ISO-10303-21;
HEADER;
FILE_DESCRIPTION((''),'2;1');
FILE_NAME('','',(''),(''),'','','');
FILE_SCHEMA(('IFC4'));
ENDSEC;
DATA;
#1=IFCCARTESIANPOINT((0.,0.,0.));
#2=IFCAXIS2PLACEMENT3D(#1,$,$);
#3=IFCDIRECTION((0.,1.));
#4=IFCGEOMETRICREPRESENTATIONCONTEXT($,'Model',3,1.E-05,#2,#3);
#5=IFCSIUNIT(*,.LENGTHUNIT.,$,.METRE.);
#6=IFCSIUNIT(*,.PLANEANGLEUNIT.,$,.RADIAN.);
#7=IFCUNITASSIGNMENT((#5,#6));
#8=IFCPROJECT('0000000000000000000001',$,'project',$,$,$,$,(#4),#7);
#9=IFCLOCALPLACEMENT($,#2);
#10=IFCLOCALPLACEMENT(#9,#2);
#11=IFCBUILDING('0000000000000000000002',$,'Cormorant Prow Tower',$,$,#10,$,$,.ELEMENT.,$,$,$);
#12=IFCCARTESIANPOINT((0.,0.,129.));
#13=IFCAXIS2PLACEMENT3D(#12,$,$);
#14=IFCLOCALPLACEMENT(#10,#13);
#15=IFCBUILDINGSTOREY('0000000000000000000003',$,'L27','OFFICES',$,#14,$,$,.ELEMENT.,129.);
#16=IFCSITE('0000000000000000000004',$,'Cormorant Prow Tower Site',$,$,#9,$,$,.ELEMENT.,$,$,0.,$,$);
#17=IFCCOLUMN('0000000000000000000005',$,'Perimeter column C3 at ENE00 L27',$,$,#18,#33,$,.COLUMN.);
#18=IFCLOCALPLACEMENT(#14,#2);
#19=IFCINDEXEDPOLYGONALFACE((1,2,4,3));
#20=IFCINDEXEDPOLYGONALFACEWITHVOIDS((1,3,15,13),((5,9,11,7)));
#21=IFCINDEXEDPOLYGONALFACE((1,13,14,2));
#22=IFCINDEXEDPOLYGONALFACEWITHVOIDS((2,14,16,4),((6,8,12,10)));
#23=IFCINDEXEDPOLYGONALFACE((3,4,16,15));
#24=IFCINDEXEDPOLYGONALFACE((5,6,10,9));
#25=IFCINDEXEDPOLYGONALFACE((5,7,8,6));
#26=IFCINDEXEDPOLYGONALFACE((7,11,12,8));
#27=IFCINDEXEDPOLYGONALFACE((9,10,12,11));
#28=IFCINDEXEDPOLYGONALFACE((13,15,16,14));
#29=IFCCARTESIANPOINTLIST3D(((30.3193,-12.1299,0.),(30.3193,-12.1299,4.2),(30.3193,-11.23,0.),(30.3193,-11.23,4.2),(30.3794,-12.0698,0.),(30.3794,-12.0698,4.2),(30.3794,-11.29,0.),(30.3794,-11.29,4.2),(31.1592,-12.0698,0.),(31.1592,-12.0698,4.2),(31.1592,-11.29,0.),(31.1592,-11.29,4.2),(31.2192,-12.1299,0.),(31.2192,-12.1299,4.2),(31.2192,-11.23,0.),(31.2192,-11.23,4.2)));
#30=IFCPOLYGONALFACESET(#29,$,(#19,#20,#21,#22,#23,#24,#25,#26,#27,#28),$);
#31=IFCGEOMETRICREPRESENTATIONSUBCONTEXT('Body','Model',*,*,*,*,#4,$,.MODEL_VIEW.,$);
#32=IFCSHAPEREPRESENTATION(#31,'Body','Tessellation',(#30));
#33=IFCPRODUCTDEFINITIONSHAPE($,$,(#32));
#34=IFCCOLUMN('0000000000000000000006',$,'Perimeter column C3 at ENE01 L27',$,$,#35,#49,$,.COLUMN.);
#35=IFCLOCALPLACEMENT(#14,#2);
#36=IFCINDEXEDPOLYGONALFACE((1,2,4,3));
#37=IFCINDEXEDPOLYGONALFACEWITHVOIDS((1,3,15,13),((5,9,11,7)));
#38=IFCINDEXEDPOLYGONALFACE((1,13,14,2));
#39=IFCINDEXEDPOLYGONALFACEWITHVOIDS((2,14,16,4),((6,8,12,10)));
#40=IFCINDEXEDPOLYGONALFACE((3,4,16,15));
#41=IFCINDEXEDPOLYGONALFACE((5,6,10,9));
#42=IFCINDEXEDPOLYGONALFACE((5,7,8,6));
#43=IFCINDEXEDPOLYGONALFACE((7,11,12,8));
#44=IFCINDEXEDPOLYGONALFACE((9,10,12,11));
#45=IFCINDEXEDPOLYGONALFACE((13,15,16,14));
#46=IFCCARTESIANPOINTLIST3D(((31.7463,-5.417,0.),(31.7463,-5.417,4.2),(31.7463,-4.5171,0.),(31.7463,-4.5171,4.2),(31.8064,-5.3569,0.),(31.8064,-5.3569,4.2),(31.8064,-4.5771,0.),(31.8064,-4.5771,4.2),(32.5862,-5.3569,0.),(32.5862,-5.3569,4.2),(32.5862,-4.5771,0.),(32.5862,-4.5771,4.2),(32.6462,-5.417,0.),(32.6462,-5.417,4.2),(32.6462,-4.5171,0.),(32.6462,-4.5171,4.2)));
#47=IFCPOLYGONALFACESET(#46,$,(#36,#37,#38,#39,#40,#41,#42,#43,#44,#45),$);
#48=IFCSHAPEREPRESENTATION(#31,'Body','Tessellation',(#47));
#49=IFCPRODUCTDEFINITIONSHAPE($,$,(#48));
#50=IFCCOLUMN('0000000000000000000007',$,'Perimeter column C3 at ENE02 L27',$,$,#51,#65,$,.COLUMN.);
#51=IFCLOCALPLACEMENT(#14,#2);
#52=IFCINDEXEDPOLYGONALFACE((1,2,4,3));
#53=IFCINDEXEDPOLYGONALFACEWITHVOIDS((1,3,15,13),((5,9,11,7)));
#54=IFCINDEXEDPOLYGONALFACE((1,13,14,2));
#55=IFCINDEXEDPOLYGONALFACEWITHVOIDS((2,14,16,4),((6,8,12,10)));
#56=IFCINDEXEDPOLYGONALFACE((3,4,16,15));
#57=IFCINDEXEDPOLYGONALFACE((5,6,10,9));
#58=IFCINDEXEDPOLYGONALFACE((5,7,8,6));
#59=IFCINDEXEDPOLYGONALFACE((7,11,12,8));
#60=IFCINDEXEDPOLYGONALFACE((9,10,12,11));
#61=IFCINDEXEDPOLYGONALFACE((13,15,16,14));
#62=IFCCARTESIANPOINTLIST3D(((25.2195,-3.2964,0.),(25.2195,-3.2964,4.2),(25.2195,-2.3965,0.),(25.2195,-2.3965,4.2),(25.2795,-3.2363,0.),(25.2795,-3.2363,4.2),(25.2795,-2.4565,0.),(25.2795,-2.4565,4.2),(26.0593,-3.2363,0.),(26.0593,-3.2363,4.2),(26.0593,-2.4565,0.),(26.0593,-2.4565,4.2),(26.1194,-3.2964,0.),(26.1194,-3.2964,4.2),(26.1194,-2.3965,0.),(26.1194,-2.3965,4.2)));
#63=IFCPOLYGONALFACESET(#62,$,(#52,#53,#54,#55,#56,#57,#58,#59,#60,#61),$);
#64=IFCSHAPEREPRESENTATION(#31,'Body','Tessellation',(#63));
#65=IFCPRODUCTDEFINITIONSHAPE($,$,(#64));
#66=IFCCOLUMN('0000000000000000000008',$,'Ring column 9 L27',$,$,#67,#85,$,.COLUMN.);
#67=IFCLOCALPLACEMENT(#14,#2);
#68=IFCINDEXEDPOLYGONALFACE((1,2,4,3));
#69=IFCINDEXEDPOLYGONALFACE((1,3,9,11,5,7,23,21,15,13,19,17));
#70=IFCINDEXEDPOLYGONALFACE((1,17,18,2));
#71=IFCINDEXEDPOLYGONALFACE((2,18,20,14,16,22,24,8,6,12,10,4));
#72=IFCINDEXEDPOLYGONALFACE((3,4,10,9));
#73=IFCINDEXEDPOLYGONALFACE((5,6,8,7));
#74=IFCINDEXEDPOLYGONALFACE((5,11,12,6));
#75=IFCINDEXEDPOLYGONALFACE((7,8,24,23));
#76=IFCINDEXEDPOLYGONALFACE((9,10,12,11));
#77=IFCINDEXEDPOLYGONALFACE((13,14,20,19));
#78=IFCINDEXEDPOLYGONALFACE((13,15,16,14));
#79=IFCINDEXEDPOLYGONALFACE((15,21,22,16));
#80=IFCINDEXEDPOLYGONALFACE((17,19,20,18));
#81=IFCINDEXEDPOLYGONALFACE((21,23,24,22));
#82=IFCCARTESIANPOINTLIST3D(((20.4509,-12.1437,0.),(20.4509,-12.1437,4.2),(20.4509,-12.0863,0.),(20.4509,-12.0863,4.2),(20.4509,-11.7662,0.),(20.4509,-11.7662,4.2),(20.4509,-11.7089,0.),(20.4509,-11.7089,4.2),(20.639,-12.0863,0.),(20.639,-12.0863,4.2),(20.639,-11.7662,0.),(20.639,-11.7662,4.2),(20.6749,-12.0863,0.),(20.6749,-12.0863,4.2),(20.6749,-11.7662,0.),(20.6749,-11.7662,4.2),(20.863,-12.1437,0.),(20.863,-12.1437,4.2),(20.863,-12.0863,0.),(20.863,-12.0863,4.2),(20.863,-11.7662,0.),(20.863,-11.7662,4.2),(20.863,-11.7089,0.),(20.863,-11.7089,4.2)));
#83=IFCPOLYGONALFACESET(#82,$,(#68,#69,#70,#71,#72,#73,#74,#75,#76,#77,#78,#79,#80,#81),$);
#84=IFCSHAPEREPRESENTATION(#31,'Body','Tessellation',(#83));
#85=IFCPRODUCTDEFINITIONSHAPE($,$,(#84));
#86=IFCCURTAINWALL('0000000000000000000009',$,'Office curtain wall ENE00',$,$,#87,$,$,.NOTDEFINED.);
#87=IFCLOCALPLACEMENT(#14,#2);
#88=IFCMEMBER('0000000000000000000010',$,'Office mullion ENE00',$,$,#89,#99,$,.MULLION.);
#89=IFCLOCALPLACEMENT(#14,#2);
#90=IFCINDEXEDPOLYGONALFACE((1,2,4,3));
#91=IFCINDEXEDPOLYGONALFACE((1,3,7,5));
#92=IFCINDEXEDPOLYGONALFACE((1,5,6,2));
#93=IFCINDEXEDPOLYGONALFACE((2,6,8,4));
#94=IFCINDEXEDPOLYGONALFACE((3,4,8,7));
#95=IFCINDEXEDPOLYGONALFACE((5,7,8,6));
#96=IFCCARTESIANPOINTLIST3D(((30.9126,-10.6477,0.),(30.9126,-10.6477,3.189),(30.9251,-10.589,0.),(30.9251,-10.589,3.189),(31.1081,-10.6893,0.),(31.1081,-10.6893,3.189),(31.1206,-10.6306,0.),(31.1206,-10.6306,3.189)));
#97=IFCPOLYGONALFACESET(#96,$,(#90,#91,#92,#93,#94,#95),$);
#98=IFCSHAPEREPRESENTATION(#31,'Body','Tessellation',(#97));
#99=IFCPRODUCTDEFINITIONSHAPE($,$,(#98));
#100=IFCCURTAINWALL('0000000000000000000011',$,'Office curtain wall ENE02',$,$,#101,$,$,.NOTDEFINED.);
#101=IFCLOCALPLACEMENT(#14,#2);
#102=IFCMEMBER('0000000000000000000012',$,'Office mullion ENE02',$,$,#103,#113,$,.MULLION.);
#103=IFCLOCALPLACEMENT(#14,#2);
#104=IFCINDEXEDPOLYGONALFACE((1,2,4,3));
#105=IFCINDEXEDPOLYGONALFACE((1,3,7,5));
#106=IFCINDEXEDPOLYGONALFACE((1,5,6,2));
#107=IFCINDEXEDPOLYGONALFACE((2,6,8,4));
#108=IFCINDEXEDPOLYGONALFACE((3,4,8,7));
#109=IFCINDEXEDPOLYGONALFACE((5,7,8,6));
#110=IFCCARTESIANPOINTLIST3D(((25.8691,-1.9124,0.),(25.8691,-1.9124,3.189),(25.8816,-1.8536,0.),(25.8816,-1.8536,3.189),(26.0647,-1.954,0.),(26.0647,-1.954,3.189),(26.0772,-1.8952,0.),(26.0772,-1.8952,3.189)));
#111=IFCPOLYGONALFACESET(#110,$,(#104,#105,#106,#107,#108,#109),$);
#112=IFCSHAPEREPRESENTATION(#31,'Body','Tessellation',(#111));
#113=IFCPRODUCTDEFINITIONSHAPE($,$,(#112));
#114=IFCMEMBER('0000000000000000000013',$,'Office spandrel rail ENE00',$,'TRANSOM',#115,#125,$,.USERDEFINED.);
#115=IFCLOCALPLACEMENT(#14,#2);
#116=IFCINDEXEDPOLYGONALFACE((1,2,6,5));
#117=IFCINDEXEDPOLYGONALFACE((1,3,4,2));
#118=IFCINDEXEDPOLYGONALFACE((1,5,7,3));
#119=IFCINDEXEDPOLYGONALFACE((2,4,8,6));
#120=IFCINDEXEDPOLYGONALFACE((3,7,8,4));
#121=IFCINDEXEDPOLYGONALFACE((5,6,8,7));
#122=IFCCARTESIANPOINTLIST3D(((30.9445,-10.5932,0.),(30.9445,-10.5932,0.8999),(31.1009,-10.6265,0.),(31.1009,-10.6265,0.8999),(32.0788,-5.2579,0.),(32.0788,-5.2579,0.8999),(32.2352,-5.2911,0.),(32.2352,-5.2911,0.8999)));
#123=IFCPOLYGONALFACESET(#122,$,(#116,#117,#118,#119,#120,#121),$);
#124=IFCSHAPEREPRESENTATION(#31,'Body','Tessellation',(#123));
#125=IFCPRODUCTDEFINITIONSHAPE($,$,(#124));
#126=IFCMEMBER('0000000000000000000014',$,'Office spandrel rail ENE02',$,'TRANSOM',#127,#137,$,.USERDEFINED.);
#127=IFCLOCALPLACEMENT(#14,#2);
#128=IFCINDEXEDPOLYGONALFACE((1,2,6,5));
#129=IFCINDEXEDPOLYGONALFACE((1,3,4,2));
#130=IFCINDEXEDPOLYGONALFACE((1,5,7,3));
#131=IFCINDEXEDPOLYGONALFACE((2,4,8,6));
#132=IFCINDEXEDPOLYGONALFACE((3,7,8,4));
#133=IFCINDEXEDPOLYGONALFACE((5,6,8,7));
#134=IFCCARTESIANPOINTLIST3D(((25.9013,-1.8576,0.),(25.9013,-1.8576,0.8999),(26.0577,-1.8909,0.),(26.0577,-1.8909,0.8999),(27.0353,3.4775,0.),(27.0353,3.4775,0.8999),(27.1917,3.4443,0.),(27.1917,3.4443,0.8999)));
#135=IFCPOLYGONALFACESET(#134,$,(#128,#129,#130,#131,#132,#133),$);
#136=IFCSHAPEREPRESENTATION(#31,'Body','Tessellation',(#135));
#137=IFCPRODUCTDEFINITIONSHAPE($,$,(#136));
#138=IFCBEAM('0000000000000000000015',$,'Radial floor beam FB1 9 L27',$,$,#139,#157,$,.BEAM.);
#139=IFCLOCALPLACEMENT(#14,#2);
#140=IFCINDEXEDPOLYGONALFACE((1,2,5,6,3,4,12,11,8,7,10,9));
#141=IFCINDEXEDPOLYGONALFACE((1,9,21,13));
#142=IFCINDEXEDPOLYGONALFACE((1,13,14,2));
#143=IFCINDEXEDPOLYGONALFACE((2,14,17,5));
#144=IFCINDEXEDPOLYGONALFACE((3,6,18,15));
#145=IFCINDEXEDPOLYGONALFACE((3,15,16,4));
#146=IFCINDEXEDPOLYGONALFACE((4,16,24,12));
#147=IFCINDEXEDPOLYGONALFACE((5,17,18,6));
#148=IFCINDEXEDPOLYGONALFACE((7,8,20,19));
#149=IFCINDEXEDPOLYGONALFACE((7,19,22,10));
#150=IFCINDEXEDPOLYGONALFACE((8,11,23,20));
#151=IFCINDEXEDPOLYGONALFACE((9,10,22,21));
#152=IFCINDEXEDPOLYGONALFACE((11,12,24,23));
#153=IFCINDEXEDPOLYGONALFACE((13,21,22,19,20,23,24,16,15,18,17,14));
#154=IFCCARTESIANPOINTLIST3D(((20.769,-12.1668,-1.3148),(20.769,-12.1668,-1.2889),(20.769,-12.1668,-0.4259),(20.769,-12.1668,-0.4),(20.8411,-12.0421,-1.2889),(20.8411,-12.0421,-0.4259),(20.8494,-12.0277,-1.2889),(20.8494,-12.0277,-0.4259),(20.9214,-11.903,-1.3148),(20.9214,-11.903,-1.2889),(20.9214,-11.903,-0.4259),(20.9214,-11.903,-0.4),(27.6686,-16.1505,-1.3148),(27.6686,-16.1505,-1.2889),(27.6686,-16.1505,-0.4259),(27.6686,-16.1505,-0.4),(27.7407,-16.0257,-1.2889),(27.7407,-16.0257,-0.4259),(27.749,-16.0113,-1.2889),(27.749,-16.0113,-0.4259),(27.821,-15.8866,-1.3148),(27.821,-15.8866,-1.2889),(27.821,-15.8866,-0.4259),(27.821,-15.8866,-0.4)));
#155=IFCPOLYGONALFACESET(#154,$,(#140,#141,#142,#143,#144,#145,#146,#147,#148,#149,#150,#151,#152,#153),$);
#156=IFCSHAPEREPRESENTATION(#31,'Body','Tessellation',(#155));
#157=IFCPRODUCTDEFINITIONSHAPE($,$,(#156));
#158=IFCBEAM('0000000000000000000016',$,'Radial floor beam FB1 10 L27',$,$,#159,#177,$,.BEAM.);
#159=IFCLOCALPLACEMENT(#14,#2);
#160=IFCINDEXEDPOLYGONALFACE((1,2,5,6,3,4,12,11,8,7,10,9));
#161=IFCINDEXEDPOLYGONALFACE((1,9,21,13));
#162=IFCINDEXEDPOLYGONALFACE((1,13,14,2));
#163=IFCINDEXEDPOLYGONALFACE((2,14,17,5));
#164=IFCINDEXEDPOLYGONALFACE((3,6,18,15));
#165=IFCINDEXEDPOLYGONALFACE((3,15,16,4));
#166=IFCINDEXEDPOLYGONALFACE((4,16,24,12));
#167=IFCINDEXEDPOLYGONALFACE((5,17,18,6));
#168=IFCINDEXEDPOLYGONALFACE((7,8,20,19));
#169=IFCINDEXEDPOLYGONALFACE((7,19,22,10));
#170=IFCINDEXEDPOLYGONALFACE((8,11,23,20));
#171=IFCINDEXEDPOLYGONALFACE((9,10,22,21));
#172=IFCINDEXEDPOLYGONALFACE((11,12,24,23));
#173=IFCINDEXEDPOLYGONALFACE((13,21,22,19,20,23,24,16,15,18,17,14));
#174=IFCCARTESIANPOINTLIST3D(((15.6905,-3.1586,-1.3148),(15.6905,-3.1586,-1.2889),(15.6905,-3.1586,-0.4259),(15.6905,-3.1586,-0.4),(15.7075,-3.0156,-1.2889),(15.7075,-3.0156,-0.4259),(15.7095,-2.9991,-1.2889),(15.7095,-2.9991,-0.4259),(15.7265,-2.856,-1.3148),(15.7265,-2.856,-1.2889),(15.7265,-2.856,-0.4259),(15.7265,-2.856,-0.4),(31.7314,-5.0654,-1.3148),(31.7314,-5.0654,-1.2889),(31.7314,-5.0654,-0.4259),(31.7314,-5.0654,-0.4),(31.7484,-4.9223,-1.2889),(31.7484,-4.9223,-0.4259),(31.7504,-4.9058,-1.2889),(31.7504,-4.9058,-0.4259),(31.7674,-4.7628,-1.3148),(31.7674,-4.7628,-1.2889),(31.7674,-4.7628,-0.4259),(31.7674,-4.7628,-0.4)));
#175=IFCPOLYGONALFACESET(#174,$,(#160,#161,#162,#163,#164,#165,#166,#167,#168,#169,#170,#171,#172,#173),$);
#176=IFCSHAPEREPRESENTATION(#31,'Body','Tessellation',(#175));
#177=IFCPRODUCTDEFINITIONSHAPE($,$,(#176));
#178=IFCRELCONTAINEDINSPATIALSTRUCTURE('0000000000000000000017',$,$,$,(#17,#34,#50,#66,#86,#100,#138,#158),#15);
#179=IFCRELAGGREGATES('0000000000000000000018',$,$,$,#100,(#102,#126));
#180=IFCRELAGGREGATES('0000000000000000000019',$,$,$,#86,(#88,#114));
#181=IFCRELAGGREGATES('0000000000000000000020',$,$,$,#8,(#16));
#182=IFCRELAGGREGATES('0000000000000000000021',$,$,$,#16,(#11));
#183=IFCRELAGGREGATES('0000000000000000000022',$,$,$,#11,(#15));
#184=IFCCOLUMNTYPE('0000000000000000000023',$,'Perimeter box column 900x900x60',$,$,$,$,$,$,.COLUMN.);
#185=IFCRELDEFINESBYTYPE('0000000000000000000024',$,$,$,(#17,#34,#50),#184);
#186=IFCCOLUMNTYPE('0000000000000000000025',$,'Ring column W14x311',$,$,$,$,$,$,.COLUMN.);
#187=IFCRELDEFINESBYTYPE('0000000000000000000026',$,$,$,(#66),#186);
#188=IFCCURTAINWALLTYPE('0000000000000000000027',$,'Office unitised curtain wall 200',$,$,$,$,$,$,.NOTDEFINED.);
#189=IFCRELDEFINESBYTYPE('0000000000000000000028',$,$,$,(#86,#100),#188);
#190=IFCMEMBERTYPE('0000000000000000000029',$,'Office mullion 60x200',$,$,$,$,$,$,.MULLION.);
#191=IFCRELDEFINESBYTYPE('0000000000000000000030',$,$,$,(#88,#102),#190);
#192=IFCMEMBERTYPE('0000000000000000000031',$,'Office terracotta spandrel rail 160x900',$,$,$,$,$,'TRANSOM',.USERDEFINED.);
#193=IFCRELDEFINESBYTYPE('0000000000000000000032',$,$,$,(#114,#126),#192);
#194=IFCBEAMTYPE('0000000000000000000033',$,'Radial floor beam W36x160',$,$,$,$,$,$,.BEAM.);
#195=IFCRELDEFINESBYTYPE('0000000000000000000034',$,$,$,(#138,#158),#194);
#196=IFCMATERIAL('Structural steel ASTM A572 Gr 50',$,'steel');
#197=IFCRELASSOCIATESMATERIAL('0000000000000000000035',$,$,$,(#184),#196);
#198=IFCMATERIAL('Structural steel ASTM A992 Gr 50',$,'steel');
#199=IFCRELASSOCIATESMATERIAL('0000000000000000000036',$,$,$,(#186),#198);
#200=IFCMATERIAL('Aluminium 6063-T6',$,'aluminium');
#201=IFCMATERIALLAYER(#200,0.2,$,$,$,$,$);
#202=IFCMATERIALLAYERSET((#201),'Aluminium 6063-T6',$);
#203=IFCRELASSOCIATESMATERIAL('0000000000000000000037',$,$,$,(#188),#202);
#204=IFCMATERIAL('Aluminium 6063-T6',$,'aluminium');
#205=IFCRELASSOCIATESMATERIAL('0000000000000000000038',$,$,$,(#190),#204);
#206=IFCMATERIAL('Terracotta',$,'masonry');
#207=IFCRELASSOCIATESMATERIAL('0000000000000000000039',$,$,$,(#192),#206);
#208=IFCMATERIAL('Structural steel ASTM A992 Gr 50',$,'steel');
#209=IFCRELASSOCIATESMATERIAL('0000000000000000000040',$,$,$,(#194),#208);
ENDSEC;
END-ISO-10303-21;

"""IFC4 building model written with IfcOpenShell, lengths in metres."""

from ifc_helpers import new_model, si_unit, direction, frame, origin, origin_2d, place, context, subcontext, project, spatial, rectangle, hollow_rectangle, i_section, extrude, material, layer, layer_set, material_profile, profile_set, type_object, element, aggregate, save


model = new_model("IFC4")

# Units and contexts
model_context = context("Model", 3, precision=1e-05, world=origin(), true_north=direction((0.0, 1.0)))
body_context = subcontext(model_context, "Body", "Model", "MODEL_VIEW")
ifc_project = project(units=[si_unit("LENGTHUNIT", "METRE"), si_unit("PLANEANGLEUNIT", "RADIAN")], contexts=[model_context])

# Site, building, storey
site_placement = place(None, origin())
site = spatial("IfcSite", under=ifc_project, at=site_placement, Name="Cormorant Prow Tower Site", CompositionType="ELEMENT", RefElevation=0.0)
building_placement = place(site_placement, origin())
building = spatial("IfcBuilding", under=site, at=building_placement, Name="Cormorant Prow Tower", CompositionType="ELEMENT")
storey_placement = place(building_placement, frame((0.0, 0.0, 129.0)))
storey = spatial("IfcBuildingStorey", under=building, at=storey_placement, Name="L27", Description="OFFICES", CompositionType="ELEMENT", Elevation=129.0)

# Columns
ifc_material_1 = material(Name="Structural steel ASTM A572 Gr 50", Category="steel")
ifc_material_profile_1 = material_profile(ifc_material_1, hollow_rectangle(XDim=0.8999, YDim=0.8999, WallThickness=0.0601, at=origin_2d()), Name="Box 900x900x60")
ifc_profile_set_1 = profile_set([ifc_material_profile_1], Name="Structural steel ASTM A572 Gr 50")
column_type_1 = type_object("IfcColumnType", Name="Perimeter box column 900x900x60", PredefinedType="COLUMN", material=ifc_profile_set_1)
for number, where, z_axis, x_axis, name in (
    (1, (30.7693, -11.6799, 0.0), (0.0, 0.0, 1.0), (1.0, 0.0, 0.0), "Perimeter column C3 at ENE00 L27"),
    (2, (32.1963, -4.967, 0.0), (0.0, 0.0, 1.0), (1.0, 0.0, 0.0), "Perimeter column C3 at ENE01 L27"),
    (3, (25.6694, -2.8464, 0.0), (0.0, 0.0, 1.0), (1.0, 0.0, 0.0), "Perimeter column C3 at ENE02 L27"),
):
    element("IfcColumn", number, at=place(storey_placement, frame(where, z_axis=z_axis, x_axis=x_axis)), inside=storey, type_object=column_type_1, Name=name, PredefinedType="COLUMN", context=body_context, shape_type="SweptSolid", body=[
        extrude(hollow_rectangle(XDim=0.8999, YDim=0.8999, WallThickness=0.0601, at=origin_2d()), origin(), (0.0, 0.0, 1.0), 4.2),
    ])
ifc_material_2 = material(Name="Structural steel ASTM A992 Gr 50", Category="steel")
ifc_material_profile_2 = material_profile(ifc_material_2, i_section(OverallWidth=0.4121, OverallDepth=0.4348, WebThickness=0.0359, FlangeThickness=0.0574, at=origin_2d()), Name="W14x311")
ifc_profile_set_2 = profile_set([ifc_material_profile_2], Name="Structural steel ASTM A992 Gr 50")
column_type_2 = type_object("IfcColumnType", Name="Ring column W14x311", PredefinedType="COLUMN", material=ifc_profile_set_2)
column_placement = place(storey_placement, frame((20.657, -11.9263, 0.0), z_axis=(0.0, 0.0, 1.0), x_axis=(1.0, 0.0, 0.0)))
element("IfcColumn", 4, at=column_placement, inside=storey, type_object=column_type_2, Name="Ring column 9 L27", PredefinedType="COLUMN", context=body_context, shape_type="SweptSolid", body=[
    extrude(i_section(OverallWidth=0.4121, OverallDepth=0.4348, WebThickness=0.0359, FlangeThickness=0.0574, at=origin_2d()), origin(), (0.0, 0.0, 1.0), 4.2),
])

# Curtain walls, members
ifc_material_3 = material(Name="Aluminium 6063-T6", Category="aluminium")
ifc_layer_1 = layer(ifc_material_3, 0.2)
ifc_layer_set_1 = layer_set([ifc_layer_1], Name="Aluminium 6063-T6")
curtain_wall_type = type_object("IfcCurtainWallType", Name="Office unitised curtain wall 200", PredefinedType="NOTDEFINED", material=ifc_layer_set_1)
curtain_wall_1_placement = place(storey_placement, origin())
curtain_wall_1 = element("IfcCurtainWall", 5, at=curtain_wall_1_placement, inside=storey, type_object=curtain_wall_type, Name="Office curtain wall ENE00", PredefinedType="NOTDEFINED")
ifc_material_4 = material(Name="Aluminium 6063-T6", Category="aluminium")
ifc_material_profile_3 = material_profile(ifc_material_4, rectangle(XDim=0.2, YDim=0.0601, at=origin_2d()), Name="Office mullion 60x200")
ifc_profile_set_3 = profile_set([ifc_material_profile_3], Name="Aluminium 6063-T6")
member_type_1 = type_object("IfcMemberType", Name="Office mullion 60x200", PredefinedType="MULLION", material=ifc_profile_set_3)
member_1_placement = place(storey_placement, frame((31.0166, -10.6392, 0.0), z_axis=(0.0, 0.0, 1.0), x_axis=(-0.978148, 0.207912, 0.0)))
member_1 = element("IfcMember", 6, at=member_1_placement, type_object=member_type_1, Name="Office mullion ENE00", PredefinedType="MULLION", context=body_context, shape_type="SweptSolid", body=[
    extrude(rectangle(XDim=0.2, YDim=0.0601, at=origin_2d()), origin(), (0.0, 0.0, 1.0), 3.189),
])
curtain_wall_2_placement = place(storey_placement, origin())
curtain_wall_2 = element("IfcCurtainWall", 7, at=curtain_wall_2_placement, inside=storey, type_object=curtain_wall_type, Name="Office curtain wall ENE02", PredefinedType="NOTDEFINED")
member_2_placement = place(storey_placement, frame((25.9731, -1.9038, 0.0), z_axis=(0.0, 0.0, 1.0), x_axis=(-0.978148, 0.207912, 0.0)))
member_2 = element("IfcMember", 8, at=member_2_placement, type_object=member_type_1, Name="Office mullion ENE02", PredefinedType="MULLION", context=body_context, shape_type="SweptSolid", body=[
    extrude(rectangle(XDim=0.2, YDim=0.0601, at=origin_2d()), origin(), (0.0, 0.0, 1.0), 3.189),
])

# Members
ifc_material_5 = material(Name="Terracotta", Category="masonry")
ifc_material_profile_4 = material_profile(ifc_material_5, rectangle(XDim=0.1599, YDim=0.8999, at=origin_2d()), Name="Office terracotta spandrel rail 160x900")
ifc_profile_set_4 = profile_set([ifc_material_profile_4], Name="Terracotta")
member_type_2 = type_object("IfcMemberType", Name="Office terracotta spandrel rail 160x900", ElementType="TRANSOM", PredefinedType="USERDEFINED", material=ifc_profile_set_4)
member_3_placement = place(storey_placement, frame((31.0227, -10.6099, 0.45), z_axis=(0.207945, 0.97814, 0.0), x_axis=(-0.97814, 0.207945, 0.0)))
member_3 = element("IfcMember", 9, at=member_3_placement, type_object=member_type_2, Name="Office spandrel rail ENE00", ObjectType="TRANSOM", PredefinedType="USERDEFINED", context=body_context, shape_type="SweptSolid", body=[
    extrude(rectangle(XDim=0.1599, YDim=0.8999, at=origin_2d()), origin(), (0.0, 0.0, 1.0), 5.4546),
])
member_4_placement = place(storey_placement, frame((25.9795, -1.8743, 0.45), z_axis=(0.207912, 0.978148, 0.0), x_axis=(-0.978148, 0.207912, 0.0)))
member_4 = element("IfcMember", 10, at=member_4_placement, type_object=member_type_2, Name="Office spandrel rail ENE02", ObjectType="TRANSOM", PredefinedType="USERDEFINED", context=body_context, shape_type="SweptSolid", body=[
    extrude(rectangle(XDim=0.1599, YDim=0.8999, at=origin_2d()), origin(), (0.0, 0.0, 1.0), 5.4543),
])
aggregate(curtain_wall_2, [member_2, member_4])

# Beams
ifc_material_6 = material(Name="Structural steel ASTM A992 Gr 50", Category="steel")
ifc_material_profile_5 = material_profile(ifc_material_6, i_section(OverallWidth=0.3047, OverallDepth=0.9148, WebThickness=0.0166, FlangeThickness=0.0259, at=origin_2d()), Name="W36x160")
ifc_profile_set_5 = profile_set([ifc_material_profile_5], Name="Structural steel ASTM A992 Gr 50")
beam_type_1 = type_object("IfcBeamType", Name="Radial floor beam W36x160", PredefinedType="BEAM", material=ifc_profile_set_5)
beam_1_placement = place(storey_placement, frame((20.8452, -12.0349, -0.8574), z_axis=(0.866019, -0.500012, 0.0), x_axis=(0.500012, 0.866019, 0.0)))
element("IfcBeam", 11, at=beam_1_placement, inside=storey, type_object=beam_type_1, Name="Radial floor beam FB1 9 L27", PredefinedType="BEAM", context=body_context, shape_type="SweptSolid", body=[
    extrude(i_section(OverallWidth=0.3047, OverallDepth=0.9148, WebThickness=0.0166, FlangeThickness=0.0259, at=origin_2d()), origin(), (0.0, 0.0, 1.0), 7.967),
])
beam_2_placement = place(storey_placement, frame((15.7085, -3.0073, -0.8574), z_axis=(0.993009, -0.118037, 0.0), x_axis=(0.118037, 0.993009, 0.0)))
element("IfcBeam", 12, at=beam_2_placement, inside=storey, type_object=beam_type_1, Name="Radial floor beam FB1 10 L27", PredefinedType="BEAM", context=body_context, shape_type="SweptSolid", body=[
    extrude(i_section(OverallWidth=0.3047, OverallDepth=0.9148, WebThickness=0.0166, FlangeThickness=0.0259, at=origin_2d()), origin(), (0.0, 0.0, 1.0), 16.1538),
])

aggregate(curtain_wall_1, [member_1, member_3])

save(model, "model.ifc")
